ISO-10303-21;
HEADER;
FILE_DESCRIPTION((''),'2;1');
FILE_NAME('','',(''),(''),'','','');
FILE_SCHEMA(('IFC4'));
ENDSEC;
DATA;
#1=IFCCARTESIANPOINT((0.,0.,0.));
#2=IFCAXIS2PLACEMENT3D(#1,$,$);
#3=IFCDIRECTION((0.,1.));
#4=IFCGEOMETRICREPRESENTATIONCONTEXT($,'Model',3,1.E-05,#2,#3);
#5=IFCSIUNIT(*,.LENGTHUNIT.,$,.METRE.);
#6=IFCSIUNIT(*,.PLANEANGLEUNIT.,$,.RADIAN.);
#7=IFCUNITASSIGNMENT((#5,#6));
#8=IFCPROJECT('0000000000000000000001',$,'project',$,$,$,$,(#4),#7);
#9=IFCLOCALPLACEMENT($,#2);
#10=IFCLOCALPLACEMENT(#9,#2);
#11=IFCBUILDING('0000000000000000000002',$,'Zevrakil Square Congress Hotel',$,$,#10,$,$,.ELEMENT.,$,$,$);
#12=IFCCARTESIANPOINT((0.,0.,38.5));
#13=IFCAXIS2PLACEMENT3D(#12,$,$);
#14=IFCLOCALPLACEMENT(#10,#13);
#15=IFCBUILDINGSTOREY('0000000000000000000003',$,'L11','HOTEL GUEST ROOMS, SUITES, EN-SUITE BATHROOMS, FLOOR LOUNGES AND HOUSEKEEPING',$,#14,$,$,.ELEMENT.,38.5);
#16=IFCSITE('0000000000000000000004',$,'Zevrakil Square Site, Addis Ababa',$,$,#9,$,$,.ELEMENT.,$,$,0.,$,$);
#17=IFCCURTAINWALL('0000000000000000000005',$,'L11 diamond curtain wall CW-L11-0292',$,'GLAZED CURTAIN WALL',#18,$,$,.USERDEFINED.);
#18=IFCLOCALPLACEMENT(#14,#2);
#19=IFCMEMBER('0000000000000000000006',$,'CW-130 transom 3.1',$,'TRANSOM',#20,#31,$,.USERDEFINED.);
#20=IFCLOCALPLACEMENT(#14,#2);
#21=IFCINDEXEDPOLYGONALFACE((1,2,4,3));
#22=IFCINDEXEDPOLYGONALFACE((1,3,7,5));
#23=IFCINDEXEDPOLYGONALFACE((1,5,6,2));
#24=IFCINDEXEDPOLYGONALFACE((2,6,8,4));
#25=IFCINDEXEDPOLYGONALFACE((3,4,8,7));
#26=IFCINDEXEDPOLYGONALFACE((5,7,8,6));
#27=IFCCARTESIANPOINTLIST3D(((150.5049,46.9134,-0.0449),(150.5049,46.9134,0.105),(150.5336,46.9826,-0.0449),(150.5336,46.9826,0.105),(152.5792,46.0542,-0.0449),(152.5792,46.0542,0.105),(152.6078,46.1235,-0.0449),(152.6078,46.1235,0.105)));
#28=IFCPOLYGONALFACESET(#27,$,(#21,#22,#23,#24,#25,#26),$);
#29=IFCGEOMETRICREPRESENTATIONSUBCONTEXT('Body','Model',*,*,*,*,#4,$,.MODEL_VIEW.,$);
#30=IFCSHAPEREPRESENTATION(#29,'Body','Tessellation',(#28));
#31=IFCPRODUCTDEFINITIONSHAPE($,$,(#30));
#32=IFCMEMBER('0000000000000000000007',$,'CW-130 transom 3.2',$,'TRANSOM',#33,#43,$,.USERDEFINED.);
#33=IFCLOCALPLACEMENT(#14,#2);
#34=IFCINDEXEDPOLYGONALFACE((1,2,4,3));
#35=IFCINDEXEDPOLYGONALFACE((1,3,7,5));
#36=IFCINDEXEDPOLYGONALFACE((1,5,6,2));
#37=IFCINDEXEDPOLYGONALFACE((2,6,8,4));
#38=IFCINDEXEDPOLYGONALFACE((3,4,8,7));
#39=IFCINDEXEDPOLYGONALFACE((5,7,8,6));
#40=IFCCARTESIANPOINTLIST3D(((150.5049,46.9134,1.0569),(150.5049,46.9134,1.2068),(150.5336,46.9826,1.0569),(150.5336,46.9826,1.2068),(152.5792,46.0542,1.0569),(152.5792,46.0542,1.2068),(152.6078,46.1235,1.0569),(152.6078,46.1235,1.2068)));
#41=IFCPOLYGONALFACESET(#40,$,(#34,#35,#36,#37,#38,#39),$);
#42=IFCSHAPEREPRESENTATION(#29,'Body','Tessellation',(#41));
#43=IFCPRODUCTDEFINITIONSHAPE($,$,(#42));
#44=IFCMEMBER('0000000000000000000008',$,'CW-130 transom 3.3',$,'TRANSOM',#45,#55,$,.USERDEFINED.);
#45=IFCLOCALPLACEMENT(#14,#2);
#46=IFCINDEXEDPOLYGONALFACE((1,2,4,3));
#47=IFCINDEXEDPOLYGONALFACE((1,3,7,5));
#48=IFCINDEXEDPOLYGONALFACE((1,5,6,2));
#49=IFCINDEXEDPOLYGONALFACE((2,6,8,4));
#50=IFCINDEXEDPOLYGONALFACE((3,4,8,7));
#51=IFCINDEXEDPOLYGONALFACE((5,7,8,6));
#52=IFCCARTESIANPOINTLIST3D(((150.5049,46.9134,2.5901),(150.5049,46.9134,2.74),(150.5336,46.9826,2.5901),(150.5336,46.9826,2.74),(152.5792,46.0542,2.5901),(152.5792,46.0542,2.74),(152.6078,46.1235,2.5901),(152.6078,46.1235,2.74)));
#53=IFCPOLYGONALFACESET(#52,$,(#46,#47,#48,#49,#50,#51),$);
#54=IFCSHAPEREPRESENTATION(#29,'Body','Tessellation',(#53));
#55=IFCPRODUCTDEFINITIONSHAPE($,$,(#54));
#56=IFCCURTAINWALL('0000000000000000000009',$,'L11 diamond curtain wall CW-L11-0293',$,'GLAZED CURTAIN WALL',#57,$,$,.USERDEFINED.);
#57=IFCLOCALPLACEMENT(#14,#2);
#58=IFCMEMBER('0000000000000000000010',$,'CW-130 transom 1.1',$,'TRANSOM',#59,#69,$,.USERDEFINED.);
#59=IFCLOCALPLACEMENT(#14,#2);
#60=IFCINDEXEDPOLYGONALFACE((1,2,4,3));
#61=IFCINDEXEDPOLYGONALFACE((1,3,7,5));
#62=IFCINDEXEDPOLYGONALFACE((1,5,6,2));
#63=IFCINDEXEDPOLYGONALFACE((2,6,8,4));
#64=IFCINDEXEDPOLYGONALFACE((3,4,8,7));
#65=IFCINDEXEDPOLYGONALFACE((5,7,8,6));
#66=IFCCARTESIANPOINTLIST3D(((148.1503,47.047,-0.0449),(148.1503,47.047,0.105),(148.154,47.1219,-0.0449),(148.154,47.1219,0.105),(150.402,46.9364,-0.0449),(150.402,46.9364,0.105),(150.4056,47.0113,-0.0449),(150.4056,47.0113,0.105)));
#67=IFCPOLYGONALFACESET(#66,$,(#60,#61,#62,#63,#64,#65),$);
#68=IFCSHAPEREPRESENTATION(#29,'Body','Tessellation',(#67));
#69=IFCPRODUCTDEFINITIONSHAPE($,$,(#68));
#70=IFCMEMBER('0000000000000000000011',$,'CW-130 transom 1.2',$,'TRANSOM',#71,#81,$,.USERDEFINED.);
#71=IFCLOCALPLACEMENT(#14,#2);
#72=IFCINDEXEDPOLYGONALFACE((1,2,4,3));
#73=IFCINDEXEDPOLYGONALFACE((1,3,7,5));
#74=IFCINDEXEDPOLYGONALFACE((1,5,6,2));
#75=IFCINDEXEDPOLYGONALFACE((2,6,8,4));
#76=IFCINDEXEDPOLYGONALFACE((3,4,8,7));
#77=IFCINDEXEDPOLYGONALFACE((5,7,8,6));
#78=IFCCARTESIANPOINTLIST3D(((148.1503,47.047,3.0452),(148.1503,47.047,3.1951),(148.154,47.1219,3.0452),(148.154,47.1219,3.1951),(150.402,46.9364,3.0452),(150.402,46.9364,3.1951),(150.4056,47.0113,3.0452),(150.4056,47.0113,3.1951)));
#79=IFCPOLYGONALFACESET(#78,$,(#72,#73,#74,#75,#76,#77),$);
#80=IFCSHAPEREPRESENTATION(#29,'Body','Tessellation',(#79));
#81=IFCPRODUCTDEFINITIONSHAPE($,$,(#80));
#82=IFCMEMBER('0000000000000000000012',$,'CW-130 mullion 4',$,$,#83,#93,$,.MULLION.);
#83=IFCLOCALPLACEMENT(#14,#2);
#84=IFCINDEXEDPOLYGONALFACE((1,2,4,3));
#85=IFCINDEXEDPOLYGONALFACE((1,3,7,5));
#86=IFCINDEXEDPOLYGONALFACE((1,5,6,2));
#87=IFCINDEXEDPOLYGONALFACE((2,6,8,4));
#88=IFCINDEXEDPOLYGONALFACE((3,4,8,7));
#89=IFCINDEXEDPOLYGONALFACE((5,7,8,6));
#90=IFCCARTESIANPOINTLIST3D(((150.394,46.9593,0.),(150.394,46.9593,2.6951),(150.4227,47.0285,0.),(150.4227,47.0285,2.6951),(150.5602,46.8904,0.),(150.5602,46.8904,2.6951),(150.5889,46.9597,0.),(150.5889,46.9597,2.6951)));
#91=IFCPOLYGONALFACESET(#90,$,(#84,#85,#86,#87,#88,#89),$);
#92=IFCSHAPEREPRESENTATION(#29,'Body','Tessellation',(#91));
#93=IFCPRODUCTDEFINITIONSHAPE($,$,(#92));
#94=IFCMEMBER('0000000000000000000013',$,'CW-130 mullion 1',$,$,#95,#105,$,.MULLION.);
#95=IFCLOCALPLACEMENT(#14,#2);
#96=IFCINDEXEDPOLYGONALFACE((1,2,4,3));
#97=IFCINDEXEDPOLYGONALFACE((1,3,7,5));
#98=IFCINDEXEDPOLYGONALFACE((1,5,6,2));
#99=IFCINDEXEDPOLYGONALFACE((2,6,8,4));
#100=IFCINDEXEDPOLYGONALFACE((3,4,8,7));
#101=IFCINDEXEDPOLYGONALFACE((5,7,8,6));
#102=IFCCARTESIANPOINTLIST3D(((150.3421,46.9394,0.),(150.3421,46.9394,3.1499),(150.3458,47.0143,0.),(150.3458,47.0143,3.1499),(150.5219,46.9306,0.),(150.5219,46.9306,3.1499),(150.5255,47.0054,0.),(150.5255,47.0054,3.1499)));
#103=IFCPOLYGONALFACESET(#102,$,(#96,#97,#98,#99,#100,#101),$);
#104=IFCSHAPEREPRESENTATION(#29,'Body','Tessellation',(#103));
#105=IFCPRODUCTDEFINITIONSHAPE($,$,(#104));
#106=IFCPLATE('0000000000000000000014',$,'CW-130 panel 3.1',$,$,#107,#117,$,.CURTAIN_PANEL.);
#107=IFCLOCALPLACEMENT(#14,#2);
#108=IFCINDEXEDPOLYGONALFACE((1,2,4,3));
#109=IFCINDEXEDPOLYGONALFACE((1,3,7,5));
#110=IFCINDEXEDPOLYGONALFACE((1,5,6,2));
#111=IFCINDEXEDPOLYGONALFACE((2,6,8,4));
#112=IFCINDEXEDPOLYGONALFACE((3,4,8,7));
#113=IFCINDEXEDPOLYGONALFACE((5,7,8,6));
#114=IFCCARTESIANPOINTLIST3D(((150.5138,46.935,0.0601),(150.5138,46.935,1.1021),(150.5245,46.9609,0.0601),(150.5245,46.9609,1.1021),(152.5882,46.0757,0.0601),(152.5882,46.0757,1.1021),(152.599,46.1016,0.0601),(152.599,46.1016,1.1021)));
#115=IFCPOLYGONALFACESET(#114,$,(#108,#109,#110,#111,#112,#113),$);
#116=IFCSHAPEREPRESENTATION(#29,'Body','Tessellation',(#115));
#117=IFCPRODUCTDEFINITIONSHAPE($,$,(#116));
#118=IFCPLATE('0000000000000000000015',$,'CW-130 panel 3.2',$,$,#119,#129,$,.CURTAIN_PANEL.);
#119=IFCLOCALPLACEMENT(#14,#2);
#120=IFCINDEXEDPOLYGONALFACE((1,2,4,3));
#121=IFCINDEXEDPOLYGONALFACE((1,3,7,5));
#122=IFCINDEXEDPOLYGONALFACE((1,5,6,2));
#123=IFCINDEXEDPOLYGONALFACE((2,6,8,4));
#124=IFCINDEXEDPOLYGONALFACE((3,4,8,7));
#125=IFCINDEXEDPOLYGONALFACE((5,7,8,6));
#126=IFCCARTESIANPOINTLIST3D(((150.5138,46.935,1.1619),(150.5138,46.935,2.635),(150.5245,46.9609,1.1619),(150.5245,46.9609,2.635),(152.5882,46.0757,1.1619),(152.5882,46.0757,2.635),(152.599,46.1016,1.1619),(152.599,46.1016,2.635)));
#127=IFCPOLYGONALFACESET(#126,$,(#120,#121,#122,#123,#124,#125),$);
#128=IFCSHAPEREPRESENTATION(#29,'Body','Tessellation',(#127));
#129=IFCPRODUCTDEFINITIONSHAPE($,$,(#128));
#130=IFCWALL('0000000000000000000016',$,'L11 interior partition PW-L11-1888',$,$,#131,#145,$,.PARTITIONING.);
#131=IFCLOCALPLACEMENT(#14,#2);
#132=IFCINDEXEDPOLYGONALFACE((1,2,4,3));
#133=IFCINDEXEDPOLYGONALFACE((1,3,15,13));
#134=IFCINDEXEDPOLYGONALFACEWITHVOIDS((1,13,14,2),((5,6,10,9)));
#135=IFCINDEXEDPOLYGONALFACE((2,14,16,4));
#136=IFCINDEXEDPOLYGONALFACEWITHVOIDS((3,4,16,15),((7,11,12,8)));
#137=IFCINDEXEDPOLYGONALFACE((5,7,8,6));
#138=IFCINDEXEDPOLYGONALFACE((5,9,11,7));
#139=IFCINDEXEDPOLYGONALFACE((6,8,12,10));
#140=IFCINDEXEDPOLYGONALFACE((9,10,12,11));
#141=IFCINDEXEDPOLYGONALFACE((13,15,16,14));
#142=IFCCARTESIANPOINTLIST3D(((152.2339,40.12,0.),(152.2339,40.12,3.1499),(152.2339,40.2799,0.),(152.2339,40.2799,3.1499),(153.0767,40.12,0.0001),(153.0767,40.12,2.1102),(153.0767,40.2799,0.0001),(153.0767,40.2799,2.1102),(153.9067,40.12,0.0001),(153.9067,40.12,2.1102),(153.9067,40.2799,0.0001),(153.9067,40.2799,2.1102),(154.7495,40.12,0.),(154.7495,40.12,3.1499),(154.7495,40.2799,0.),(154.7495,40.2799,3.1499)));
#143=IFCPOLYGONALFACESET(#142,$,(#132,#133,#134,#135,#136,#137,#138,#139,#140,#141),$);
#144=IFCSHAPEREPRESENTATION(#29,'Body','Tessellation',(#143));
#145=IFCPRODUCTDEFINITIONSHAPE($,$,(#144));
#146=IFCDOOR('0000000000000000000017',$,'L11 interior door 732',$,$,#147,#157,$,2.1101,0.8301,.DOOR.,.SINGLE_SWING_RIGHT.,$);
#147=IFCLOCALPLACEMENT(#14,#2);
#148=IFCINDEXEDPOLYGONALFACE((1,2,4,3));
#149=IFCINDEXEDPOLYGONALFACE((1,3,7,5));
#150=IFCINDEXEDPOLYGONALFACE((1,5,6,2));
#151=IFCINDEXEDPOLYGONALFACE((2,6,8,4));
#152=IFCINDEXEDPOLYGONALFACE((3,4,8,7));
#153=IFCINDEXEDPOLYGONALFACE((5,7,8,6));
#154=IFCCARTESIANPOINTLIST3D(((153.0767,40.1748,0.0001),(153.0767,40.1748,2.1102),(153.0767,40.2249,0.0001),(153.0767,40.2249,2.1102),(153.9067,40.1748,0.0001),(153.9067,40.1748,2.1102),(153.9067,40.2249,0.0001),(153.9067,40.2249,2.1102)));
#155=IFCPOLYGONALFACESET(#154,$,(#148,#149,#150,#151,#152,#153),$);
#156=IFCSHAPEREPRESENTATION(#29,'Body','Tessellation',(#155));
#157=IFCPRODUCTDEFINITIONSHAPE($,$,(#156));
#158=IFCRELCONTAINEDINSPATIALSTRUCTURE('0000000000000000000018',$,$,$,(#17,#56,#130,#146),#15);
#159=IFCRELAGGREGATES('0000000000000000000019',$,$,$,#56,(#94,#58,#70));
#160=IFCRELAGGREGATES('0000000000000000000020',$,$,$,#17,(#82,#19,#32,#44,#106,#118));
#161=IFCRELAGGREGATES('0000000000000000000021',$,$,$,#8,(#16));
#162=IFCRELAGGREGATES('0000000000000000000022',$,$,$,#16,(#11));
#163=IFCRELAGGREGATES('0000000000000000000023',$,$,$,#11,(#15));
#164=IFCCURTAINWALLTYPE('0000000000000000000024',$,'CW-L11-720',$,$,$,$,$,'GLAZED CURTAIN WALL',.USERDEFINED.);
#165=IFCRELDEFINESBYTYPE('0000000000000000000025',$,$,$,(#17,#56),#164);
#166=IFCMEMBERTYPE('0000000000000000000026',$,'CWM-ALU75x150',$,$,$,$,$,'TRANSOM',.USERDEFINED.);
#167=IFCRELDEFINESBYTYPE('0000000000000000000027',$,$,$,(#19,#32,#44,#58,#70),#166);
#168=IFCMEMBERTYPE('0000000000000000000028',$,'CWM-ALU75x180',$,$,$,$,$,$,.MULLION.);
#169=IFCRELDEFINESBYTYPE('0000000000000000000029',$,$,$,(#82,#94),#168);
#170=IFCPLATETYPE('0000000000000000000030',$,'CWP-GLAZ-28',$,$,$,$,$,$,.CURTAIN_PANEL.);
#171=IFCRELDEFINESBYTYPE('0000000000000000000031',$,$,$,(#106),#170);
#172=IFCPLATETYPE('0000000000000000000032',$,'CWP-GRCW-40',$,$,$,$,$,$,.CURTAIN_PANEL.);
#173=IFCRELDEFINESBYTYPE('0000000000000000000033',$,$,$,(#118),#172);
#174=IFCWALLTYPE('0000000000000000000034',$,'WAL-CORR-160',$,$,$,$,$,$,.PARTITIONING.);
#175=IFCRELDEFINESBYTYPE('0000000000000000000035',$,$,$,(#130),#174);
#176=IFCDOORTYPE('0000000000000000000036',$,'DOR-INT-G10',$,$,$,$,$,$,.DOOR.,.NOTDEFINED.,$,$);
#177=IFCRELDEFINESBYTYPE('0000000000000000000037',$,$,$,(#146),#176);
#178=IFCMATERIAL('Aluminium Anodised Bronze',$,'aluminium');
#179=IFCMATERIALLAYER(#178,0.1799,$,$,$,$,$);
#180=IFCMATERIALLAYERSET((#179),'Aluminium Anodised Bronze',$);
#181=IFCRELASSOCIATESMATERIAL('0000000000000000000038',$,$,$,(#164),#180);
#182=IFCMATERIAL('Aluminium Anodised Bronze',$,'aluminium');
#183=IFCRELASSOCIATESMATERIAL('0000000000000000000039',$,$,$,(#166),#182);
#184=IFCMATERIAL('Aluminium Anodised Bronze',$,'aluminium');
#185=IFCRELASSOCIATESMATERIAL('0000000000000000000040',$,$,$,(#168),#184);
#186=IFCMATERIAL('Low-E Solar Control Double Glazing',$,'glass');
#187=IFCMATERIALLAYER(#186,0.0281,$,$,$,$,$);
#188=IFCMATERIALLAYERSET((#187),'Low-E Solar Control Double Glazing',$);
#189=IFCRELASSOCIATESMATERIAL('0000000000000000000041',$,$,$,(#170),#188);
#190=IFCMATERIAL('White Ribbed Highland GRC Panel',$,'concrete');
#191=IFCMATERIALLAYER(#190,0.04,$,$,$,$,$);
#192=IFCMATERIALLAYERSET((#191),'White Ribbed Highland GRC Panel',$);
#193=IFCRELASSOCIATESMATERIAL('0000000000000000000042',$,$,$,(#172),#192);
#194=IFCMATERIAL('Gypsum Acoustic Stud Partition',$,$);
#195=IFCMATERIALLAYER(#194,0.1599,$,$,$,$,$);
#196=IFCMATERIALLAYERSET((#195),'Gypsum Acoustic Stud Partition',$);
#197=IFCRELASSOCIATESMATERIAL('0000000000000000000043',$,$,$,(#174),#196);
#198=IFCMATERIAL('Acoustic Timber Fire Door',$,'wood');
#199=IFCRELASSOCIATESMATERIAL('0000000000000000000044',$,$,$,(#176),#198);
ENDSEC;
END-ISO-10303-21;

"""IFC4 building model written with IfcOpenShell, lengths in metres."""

from ifc_helpers import new_model, si_unit, direction, frame, frame_2d, origin, origin_2d, place, context, subcontext, project, spatial, rectangle, extrude, material, layer, layer_set, material_profile, profile_set, type_object, element, fill, aggregate, save


model = new_model("IFC4")

# Units and contexts
model_context = context("Model", 3, precision=1e-05, world=origin(), true_north=direction((0.0, 1.0)))
body_context = subcontext(model_context, "Body", "Model", "MODEL_VIEW")
ifc_project = project(units=[si_unit("LENGTHUNIT", "METRE"), si_unit("PLANEANGLEUNIT", "RADIAN")], contexts=[model_context])

# Site, building, storey
site_placement = place(None, origin())
site = spatial("IfcSite", under=ifc_project, at=site_placement, Name="Zevrakil Square Site, Addis Ababa", CompositionType="ELEMENT", RefElevation=0.0)
building_placement = place(site_placement, origin())
building = spatial("IfcBuilding", under=site, at=building_placement, Name="Zevrakil Square Congress Hotel", CompositionType="ELEMENT")
storey_placement = place(building_placement, frame((0.0, 0.0, 38.5)))
storey = spatial("IfcBuildingStorey", under=building, at=storey_placement, Name="L11", Description="HOTEL GUEST ROOMS, SUITES, EN-SUITE BATHROOMS, FLOOR LOUNGES AND HOUSEKEEPING", CompositionType="ELEMENT", Elevation=38.5)

# Curtain walls, members
ifc_material_1 = material(Name="Aluminium Anodised Bronze", Category="aluminium")
ifc_layer_1 = layer(ifc_material_1, 0.1799)
ifc_layer_set_1 = layer_set([ifc_layer_1], Name="Aluminium Anodised Bronze")
curtain_wall_type = type_object("IfcCurtainWallType", Name="CW-L11-720", ElementType="GLAZED CURTAIN WALL", PredefinedType="USERDEFINED", material=ifc_layer_set_1)
curtain_wall_1_placement = place(storey_placement, origin())
curtain_wall_1 = element("IfcCurtainWall", 1, at=curtain_wall_1_placement, inside=storey, type_object=curtain_wall_type, Name="L11 diamond curtain wall CW-L11-0292", ObjectType="GLAZED CURTAIN WALL", PredefinedType="USERDEFINED")
ifc_material_2 = material(Name="Aluminium Anodised Bronze", Category="aluminium")
ifc_material_profile_1 = material_profile(ifc_material_2, rectangle(XDim=0.075, YDim=0.1499, at=origin_2d()), Name="ALU 75x150")
ifc_profile_set_1 = profile_set([ifc_material_profile_1], Name="Aluminium Anodised Bronze")
member_type_1 = type_object("IfcMemberType", Name="CWM-ALU75x150", ElementType="TRANSOM", PredefinedType="USERDEFINED", material=ifc_profile_set_1)
member_1_placement = place(storey_placement, frame((152.5935, 46.0889, 0.03), z_axis=(-0.923886, 0.382669, 0.0), x_axis=(-0.382669, -0.923886, 0.0)))
member_1 = element("IfcMember", 2, at=member_1_placement, type_object=member_type_1, Name="CW-130 transom 3.1", ObjectType="TRANSOM", PredefinedType="USERDEFINED", context=body_context, shape_type="SweptSolid", body=[
    extrude(rectangle(XDim=0.075, YDim=0.1499, at=origin_2d()), origin(), (0.0, 0.0, 1.0), 2.2451),
])
member_2_placement = place(storey_placement, frame((152.5935, 46.0889, 1.1318), z_axis=(-0.923886, 0.382669, 0.0), x_axis=(-0.382669, -0.923886, 0.0)))
member_2 = element("IfcMember", 3, at=member_2_placement, type_object=member_type_1, Name="CW-130 transom 3.2", ObjectType="TRANSOM", PredefinedType="USERDEFINED", context=body_context, shape_type="SweptSolid", body=[
    extrude(rectangle(XDim=0.075, YDim=0.1499, at=origin_2d()), origin(), (0.0, 0.0, 1.0), 2.2451),
])
member_3_placement = place(storey_placement, frame((152.5935, 46.0889, 2.665), z_axis=(-0.923886, 0.382669, 0.0), x_axis=(-0.382669, -0.923886, 0.0)))
member_3 = element("IfcMember", 4, at=member_3_placement, type_object=member_type_1, Name="CW-130 transom 3.3", ObjectType="TRANSOM", PredefinedType="USERDEFINED", context=body_context, shape_type="SweptSolid", body=[
    extrude(rectangle(XDim=0.075, YDim=0.1499, at=origin_2d()), origin(), (0.0, 0.0, 1.0), 2.2451),
])
curtain_wall_2_placement = place(storey_placement, origin())
curtain_wall_2 = element("IfcCurtainWall", 5, at=curtain_wall_2_placement, inside=storey, type_object=curtain_wall_type, Name="L11 diamond curtain wall CW-L11-0293", ObjectType="GLAZED CURTAIN WALL", PredefinedType="USERDEFINED")
member_4_placement = place(storey_placement, frame((150.4038, 46.9739, 0.03), z_axis=(-0.998796, 0.049057, 0.0), x_axis=(-0.049057, -0.998796, 0.0)))
member_4 = element("IfcMember", 6, at=member_4_placement, type_object=member_type_1, Name="CW-130 transom 1.1", ObjectType="TRANSOM", PredefinedType="USERDEFINED", context=body_context, shape_type="SweptSolid", body=[
    extrude(rectangle(XDim=0.075, YDim=0.1499, at=origin_2d()), origin(), (0.0, 0.0, 1.0), 2.2544),
])
member_5_placement = place(storey_placement, frame((150.4038, 46.9739, 3.1201), z_axis=(-0.998796, 0.049057, 0.0), x_axis=(-0.049057, -0.998796, 0.0)))
member_5 = element("IfcMember", 7, at=member_5_placement, type_object=member_type_1, Name="CW-130 transom 1.2", ObjectType="TRANSOM", PredefinedType="USERDEFINED", context=body_context, shape_type="SweptSolid", body=[
    extrude(rectangle(XDim=0.075, YDim=0.1499, at=origin_2d()), origin(), (0.0, 0.0, 1.0), 2.2544),
])

# Members
ifc_material_3 = material(Name="Aluminium Anodised Bronze", Category="aluminium")
ifc_material_profile_2 = material_profile(ifc_material_3, rectangle(XDim=0.075, YDim=0.1799, at=origin_2d()), Name="ALU 75x180")
ifc_profile_set_2 = profile_set([ifc_material_profile_2], Name="Aluminium Anodised Bronze")
member_type_2 = type_object("IfcMemberType", Name="CWM-ALU75x180", PredefinedType="MULLION", material=ifc_profile_set_2)
member_6_placement = place(storey_placement, frame((150.4915, 46.9595, 0.0), z_axis=(0.0, 0.0, 1.0), x_axis=(-0.382684, -0.923879, 0.0)))
member_6 = element("IfcMember", 8, at=member_6_placement, type_object=member_type_2, Name="CW-130 mullion 4", PredefinedType="MULLION", context=body_context, shape_type="SweptSolid", body=[
    extrude(rectangle(XDim=0.075, YDim=0.1799, at=origin_2d()), origin(), (0.0, 0.0, 1.0), 2.6951),
])
member_7_placement = place(storey_placement, frame((150.4338, 46.9724, 0.0), z_axis=(0.0, 0.0, 1.0), x_axis=(-0.049053, -0.998796, 0.0)))
member_7 = element("IfcMember", 9, at=member_7_placement, type_object=member_type_2, Name="CW-130 mullion 1", PredefinedType="MULLION", context=body_context, shape_type="SweptSolid", body=[
    extrude(rectangle(XDim=0.075, YDim=0.1799, at=origin_2d()), origin(), (0.0, 0.0, 1.0), 3.1499),
])
aggregate(curtain_wall_2, [member_7, member_4, member_5])

# Plates
ifc_material_4 = material(Name="Low-E Solar Control Double Glazing", Category="glass")
ifc_layer_2 = layer(ifc_material_4, 0.0281)
ifc_layer_set_2 = layer_set([ifc_layer_2], Name="Low-E Solar Control Double Glazing")
plate_type_1 = type_object("IfcPlateType", Name="CWP-GLAZ-28", PredefinedType="CURTAIN_PANEL", material=ifc_layer_set_2)
plate_1_placement = place(storey_placement, frame((151.5564, 46.5183, 0.0601), z_axis=(0.0, 0.0, 1.0), x_axis=(-0.923879, 0.382684, 0.0)))
plate_1 = element("IfcPlate", 10, at=plate_1_placement, type_object=plate_type_1, Name="CW-130 panel 3.1", PredefinedType="CURTAIN_PANEL", context=body_context, shape_type="SweptSolid", body=[
    extrude(rectangle(XDim=2.2454, YDim=0.0281, at=origin_2d()), origin(), (0.0, 0.0, 1.0), 1.042),
])
ifc_material_5 = material(Name="White Ribbed Highland GRC Panel", Category="concrete")
ifc_layer_3 = layer(ifc_material_5, 0.04)
ifc_layer_set_3 = layer_set([ifc_layer_3], Name="White Ribbed Highland GRC Panel")
plate_type_2 = type_object("IfcPlateType", Name="CWP-GRCW-40", PredefinedType="CURTAIN_PANEL", material=ifc_layer_set_3)
plate_2_placement = place(storey_placement, frame((151.5564, 46.5183, 1.1619), z_axis=(0.0, 0.0, 1.0), x_axis=(-0.923879, 0.382684, 0.0)))
plate_2 = element("IfcPlate", 11, at=plate_2_placement, type_object=plate_type_2, Name="CW-130 panel 3.2", PredefinedType="CURTAIN_PANEL", context=body_context, shape_type="SweptSolid", body=[
    extrude(rectangle(XDim=2.2454, YDim=0.0281, at=origin_2d()), origin(), (0.0, 0.0, 1.0), 1.4731),
])
aggregate(curtain_wall_1, [member_6, member_1, member_2, member_3, plate_1, plate_2])

# Wall, opening, door
ifc_material_6 = material(Name="Gypsum Acoustic Stud Partition")
ifc_layer_4 = layer(ifc_material_6, 0.1599)
ifc_layer_set_4 = layer_set([ifc_layer_4], Name="Gypsum Acoustic Stud Partition")
wall_type_1 = type_object("IfcWallType", Name="WAL-CORR-160", PredefinedType="PARTITIONING", material=ifc_layer_set_4)
wall_1_placement = place(storey_placement, frame((152.2339, 40.2, 0.0), z_axis=(0.0, 0.0, 1.0), x_axis=(1.0, 0.0, 0.0)))
wall_1 = element("IfcWall", 12, at=wall_1_placement, inside=storey, type_object=wall_type_1, Name="L11 interior partition PW-L11-1888", PredefinedType="PARTITIONING", context=body_context, shape_type="SweptSolid", body=[
    extrude(rectangle(XDim=2.5156, YDim=0.1599, at=frame_2d((1.2578, 0.0))), origin(), (0.0, 0.0, 1.0), 3.1499),
])
opening_1_placement = place(wall_1_placement, frame((0.8428, 0.0, 0.0)))
opening_1 = element("IfcOpeningElement", 13, at=opening_1_placement, cuts=wall_1, PredefinedType="OPENING", context=body_context, shape_type="SweptSolid", body=[
    extrude(rectangle(XDim=0.8301, YDim=2.1101, at=frame_2d((0.415, 1.0552))), frame((0.0, 0.0898, 0.0), z_axis=(0.0, -1.0, 0.0), x_axis=(1.0, 0.0, 0.0)), (0.0, 0.0, 1.0), 0.1799),
])
ifc_material_7 = material(Name="Acoustic Timber Fire Door", Category="wood")
door_type_1 = type_object("IfcDoorType", Name="DOR-INT-G10", OperationType="NOTDEFINED", PredefinedType="DOOR", material=ifc_material_7)
door_1_placement = place(opening_1_placement, origin())
door_1 = element("IfcDoor", 14, at=door_1_placement, inside=storey, type_object=door_type_1, Name="L11 interior door 732", OperationType="SINGLE_SWING_RIGHT", OverallHeight=2.1101, OverallWidth=0.8301, PredefinedType="DOOR", context=body_context, shape_type="SweptSolid", body=[
    extrude(rectangle(XDim=0.8301, YDim=2.1101, at=frame_2d((0.415, 1.0552))), frame((0.0, 0.0249, 0.0), z_axis=(0.0, -1.0, 0.0), x_axis=(1.0, 0.0, 0.0)), (0.0, 0.0, 1.0), 0.05),
])
fill(opening_1, door_1)

save(model, "model.ifc")
